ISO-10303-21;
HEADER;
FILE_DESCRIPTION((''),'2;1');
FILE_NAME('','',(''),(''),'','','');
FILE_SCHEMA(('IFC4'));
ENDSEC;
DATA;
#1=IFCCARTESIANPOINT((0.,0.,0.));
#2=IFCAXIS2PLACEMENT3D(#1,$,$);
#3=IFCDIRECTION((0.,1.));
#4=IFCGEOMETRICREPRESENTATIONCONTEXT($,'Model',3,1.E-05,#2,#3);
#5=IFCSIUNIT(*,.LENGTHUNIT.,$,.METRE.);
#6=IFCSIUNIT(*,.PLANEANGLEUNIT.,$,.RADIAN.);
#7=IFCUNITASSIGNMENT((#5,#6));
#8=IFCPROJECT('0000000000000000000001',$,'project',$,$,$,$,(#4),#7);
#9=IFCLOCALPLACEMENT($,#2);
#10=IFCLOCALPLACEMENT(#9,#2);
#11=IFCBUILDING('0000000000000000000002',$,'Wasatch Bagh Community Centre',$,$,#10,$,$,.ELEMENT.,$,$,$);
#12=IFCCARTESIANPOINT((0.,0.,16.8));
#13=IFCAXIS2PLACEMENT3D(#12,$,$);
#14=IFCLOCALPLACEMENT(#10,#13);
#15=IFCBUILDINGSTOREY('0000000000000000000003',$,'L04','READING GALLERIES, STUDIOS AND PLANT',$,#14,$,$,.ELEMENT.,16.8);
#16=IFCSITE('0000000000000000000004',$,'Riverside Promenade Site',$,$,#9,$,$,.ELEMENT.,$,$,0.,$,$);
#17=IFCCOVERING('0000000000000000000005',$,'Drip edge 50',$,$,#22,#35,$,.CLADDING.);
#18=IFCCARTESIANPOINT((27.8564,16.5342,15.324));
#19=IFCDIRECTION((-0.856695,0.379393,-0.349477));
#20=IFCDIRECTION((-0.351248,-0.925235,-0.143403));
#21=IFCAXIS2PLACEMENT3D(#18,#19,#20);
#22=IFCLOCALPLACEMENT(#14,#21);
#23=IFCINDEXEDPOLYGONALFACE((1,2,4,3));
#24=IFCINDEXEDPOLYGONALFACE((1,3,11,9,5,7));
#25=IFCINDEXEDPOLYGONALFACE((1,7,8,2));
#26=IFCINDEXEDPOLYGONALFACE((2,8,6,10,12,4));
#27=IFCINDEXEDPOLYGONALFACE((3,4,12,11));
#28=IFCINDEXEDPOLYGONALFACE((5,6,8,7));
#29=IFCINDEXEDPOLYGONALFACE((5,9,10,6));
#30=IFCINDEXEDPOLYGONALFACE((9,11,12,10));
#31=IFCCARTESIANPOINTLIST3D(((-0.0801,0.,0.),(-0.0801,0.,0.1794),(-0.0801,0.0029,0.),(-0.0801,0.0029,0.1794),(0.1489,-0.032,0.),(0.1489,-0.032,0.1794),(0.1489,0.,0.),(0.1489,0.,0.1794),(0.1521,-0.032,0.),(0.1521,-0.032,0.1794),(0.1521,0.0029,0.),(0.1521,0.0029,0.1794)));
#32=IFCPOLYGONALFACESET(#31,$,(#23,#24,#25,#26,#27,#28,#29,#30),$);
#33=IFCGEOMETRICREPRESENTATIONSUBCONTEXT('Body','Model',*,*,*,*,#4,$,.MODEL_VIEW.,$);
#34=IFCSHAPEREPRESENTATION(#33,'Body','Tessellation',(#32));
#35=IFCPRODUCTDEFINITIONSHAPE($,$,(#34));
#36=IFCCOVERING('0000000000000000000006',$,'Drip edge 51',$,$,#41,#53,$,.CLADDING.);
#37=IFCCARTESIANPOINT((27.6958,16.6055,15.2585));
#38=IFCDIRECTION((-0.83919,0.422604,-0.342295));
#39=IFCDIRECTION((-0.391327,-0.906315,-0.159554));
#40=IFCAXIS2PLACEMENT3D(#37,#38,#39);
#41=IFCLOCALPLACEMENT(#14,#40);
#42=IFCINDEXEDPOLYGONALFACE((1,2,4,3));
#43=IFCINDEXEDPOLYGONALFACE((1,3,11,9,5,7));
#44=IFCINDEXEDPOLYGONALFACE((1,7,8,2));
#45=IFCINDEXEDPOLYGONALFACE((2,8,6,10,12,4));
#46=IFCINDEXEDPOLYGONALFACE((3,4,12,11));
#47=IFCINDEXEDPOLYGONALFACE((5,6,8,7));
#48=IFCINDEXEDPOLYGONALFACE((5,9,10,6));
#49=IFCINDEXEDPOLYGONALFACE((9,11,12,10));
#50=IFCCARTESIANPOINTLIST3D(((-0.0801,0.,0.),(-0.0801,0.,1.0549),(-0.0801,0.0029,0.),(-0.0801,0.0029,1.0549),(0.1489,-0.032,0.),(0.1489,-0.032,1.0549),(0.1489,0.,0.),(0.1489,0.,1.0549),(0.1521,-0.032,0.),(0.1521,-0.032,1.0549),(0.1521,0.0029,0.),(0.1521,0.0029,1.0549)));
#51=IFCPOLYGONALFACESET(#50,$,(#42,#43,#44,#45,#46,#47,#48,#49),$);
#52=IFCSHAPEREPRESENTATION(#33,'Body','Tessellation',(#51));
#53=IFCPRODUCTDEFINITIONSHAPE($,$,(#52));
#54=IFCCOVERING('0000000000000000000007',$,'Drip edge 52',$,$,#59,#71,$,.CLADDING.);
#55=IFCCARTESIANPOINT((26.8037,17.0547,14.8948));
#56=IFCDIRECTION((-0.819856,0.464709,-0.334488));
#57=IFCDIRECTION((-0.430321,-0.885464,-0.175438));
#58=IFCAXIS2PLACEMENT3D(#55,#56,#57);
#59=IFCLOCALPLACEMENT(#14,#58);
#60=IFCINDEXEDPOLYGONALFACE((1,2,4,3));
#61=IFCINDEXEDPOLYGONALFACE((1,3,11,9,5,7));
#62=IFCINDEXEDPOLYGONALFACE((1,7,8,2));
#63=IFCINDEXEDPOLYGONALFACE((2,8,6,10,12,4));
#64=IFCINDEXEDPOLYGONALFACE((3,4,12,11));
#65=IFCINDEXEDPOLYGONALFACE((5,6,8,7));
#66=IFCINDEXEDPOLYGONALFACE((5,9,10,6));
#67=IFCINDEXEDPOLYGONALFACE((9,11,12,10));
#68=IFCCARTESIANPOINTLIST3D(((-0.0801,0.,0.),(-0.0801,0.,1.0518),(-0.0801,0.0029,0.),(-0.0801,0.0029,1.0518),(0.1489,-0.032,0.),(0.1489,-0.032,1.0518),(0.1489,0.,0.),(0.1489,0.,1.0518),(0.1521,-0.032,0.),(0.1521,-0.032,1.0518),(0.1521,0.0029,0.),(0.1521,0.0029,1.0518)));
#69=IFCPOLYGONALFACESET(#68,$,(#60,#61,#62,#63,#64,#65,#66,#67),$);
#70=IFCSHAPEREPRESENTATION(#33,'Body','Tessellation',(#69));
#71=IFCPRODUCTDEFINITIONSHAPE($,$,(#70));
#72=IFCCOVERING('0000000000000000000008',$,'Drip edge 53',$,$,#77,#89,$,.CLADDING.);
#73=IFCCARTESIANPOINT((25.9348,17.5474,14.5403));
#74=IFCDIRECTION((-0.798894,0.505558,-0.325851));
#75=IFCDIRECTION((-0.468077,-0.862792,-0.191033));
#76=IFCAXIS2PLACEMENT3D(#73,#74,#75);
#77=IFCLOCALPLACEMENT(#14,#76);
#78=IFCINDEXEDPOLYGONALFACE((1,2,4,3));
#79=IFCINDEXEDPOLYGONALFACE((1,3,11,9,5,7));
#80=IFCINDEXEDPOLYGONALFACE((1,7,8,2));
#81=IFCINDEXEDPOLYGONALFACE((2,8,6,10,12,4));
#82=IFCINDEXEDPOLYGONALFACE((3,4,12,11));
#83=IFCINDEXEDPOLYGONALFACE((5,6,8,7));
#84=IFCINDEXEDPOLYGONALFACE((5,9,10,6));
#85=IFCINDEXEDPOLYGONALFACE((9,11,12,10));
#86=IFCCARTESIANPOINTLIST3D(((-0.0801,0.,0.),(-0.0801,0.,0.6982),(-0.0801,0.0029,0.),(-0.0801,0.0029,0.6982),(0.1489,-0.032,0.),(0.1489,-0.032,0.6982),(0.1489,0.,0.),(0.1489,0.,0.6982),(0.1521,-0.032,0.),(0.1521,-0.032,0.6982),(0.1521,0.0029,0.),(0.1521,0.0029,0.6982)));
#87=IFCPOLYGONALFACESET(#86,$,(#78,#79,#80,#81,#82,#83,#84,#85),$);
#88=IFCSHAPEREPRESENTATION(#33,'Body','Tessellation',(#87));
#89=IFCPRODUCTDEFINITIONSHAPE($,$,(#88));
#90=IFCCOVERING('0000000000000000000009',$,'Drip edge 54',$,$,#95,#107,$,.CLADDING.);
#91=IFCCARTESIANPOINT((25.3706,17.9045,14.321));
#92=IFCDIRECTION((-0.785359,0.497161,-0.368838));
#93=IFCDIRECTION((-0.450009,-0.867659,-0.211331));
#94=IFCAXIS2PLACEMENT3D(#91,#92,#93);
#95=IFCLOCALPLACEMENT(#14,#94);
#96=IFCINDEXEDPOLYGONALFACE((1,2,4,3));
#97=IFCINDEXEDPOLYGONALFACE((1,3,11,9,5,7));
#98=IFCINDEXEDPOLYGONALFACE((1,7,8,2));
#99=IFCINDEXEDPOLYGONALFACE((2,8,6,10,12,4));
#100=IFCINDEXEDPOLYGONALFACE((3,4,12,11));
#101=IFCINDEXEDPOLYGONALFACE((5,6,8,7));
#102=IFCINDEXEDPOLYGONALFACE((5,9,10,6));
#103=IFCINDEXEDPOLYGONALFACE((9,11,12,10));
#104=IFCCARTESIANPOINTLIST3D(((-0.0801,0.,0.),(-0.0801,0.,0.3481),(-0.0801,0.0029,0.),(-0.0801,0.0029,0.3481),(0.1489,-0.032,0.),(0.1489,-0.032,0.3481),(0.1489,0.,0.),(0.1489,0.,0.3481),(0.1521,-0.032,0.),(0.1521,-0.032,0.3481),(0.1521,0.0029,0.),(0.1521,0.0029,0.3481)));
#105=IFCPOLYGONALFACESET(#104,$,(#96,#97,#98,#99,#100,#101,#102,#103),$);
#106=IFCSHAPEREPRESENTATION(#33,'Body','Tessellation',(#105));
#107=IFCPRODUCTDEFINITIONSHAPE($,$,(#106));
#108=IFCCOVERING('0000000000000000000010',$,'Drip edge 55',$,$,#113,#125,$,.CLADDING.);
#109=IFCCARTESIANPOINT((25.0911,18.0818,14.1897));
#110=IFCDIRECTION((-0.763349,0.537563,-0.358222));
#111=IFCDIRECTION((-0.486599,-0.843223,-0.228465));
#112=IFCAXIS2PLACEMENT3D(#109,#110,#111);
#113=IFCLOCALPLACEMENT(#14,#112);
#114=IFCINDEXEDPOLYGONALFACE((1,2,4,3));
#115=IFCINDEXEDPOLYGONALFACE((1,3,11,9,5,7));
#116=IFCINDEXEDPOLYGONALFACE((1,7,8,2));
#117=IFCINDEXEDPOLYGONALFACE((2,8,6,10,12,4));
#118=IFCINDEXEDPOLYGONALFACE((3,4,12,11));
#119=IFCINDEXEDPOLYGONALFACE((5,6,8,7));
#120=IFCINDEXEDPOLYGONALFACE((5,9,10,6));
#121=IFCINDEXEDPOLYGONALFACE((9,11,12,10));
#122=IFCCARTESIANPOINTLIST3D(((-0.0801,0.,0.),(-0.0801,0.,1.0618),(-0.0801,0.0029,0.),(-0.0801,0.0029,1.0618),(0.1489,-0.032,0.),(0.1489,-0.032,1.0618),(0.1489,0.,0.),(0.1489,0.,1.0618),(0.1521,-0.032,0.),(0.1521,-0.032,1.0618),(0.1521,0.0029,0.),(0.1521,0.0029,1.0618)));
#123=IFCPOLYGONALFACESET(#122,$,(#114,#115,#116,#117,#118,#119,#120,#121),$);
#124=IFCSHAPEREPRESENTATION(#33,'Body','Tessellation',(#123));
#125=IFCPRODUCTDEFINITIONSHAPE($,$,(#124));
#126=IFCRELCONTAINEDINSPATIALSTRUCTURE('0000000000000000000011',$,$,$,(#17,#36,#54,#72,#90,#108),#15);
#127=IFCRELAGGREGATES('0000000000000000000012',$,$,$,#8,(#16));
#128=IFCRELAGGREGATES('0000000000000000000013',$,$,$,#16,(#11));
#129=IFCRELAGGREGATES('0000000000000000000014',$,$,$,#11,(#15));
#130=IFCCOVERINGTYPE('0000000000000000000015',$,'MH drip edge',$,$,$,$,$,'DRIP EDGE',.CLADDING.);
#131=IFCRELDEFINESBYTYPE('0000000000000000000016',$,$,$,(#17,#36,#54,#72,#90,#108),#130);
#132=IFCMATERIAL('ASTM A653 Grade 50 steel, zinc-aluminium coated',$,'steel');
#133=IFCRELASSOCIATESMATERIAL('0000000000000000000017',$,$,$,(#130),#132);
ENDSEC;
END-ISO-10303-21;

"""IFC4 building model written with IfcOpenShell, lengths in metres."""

from ifc_helpers import new_model, si_unit, direction, frame, origin, place, context, subcontext, project, spatial, polyline, outline, extrude, material, material_profile, profile_set, type_object, element, save


model = new_model("IFC4")

# Units and contexts
model_context = context("Model", 3, precision=1e-05, world=origin(), true_north=direction((0.0, 1.0)))
body_context = subcontext(model_context, "Body", "Model", "MODEL_VIEW")
ifc_project = project(units=[si_unit("LENGTHUNIT", "METRE"), si_unit("PLANEANGLEUNIT", "RADIAN")], contexts=[model_context])

# Site, building, storey
site_placement = place(None, origin())
site = spatial("IfcSite", under=ifc_project, at=site_placement, Name="Riverside Promenade Site", CompositionType="ELEMENT", RefElevation=0.0)
building_placement = place(site_placement, origin())
building = spatial("IfcBuilding", under=site, at=building_placement, Name="Wasatch Bagh Community Centre", CompositionType="ELEMENT")
storey_placement = place(building_placement, frame((0.0, 0.0, 16.8)))
storey = spatial("IfcBuildingStorey", under=building, at=storey_placement, Name="L04", Description="READING GALLERIES, STUDIOS AND PLANT", CompositionType="ELEMENT", Elevation=16.8)

# Coverings
ifc_material_1 = material(Name="ASTM A653 Grade 50 steel, zinc-aluminium coated", Category="steel")
ifc_material_profile_1 = material_profile(ifc_material_1, outline(polyline([(-0.0801, 0.0029), (0.1521, 0.0029), (0.1521, -0.032), (0.1489, -0.032), (0.1489, 0.0), (-0.0801, 0.0), (-0.0801, 0.0029)])), Name="DRIP EDGE")
ifc_profile_set_1 = profile_set([ifc_material_profile_1], Name="ASTM A653 Grade 50 steel, zinc-aluminium coated")
covering_type_1 = type_object("IfcCoveringType", Name="MH drip edge", ElementType="DRIP EDGE", PredefinedType="CLADDING", material=ifc_profile_set_1)
covering_1_placement = place(storey_placement, frame((27.8564, 16.5342, 15.324), z_axis=(-0.856695, 0.379393, -0.349477), x_axis=(-0.351248, -0.925235, -0.143403)))
element("IfcCovering", 1, at=covering_1_placement, inside=storey, type_object=covering_type_1, Name="Drip edge 50", PredefinedType="CLADDING", context=body_context, shape_type="SweptSolid", body=[
    extrude(outline(polyline([(-0.0801, 0.0029), (0.1521, 0.0029), (0.1521, -0.032), (0.1489, -0.032), (0.1489, 0.0), (-0.0801, 0.0), (-0.0801, 0.0029)])), origin(), (0.0, 0.0, 1.0), 0.1794),
])
covering_2_placement = place(storey_placement, frame((27.6958, 16.6055, 15.2585), z_axis=(-0.83919, 0.422604, -0.342295), x_axis=(-0.391327, -0.906315, -0.159554)))
element("IfcCovering", 2, at=covering_2_placement, inside=storey, type_object=covering_type_1, Name="Drip edge 51", PredefinedType="CLADDING", context=body_context, shape_type="SweptSolid", body=[
    extrude(outline(polyline([(-0.0801, 0.0029), (0.1521, 0.0029), (0.1521, -0.032), (0.1489, -0.032), (0.1489, 0.0), (-0.0801, 0.0), (-0.0801, 0.0029)])), origin(), (0.0, 0.0, 1.0), 1.0549),
])
covering_3_placement = place(storey_placement, frame((26.8037, 17.0547, 14.8948), z_axis=(-0.819856, 0.464709, -0.334488), x_axis=(-0.430321, -0.885464, -0.175438)))
element("IfcCovering", 3, at=covering_3_placement, inside=storey, type_object=covering_type_1, Name="Drip edge 52", PredefinedType="CLADDING", context=body_context, shape_type="SweptSolid", body=[
    extrude(outline(polyline([(-0.0801, 0.0029), (0.1521, 0.0029), (0.1521, -0.032), (0.1489, -0.032), (0.1489, 0.0), (-0.0801, 0.0), (-0.0801, 0.0029)])), origin(), (0.0, 0.0, 1.0), 1.0518),
])
covering_4_placement = place(storey_placement, frame((25.9348, 17.5474, 14.5403), z_axis=(-0.798894, 0.505558, -0.325851), x_axis=(-0.468077, -0.862792, -0.191033)))
element("IfcCovering", 4, at=covering_4_placement, inside=storey, type_object=covering_type_1, Name="Drip edge 53", PredefinedType="CLADDING", context=body_context, shape_type="SweptSolid", body=[
    extrude(outline(polyline([(-0.0801, 0.0029), (0.1521, 0.0029), (0.1521, -0.032), (0.1489, -0.032), (0.1489, 0.0), (-0.0801, 0.0), (-0.0801, 0.0029)])), origin(), (0.0, 0.0, 1.0), 0.6982),
])
covering_5_placement = place(storey_placement, frame((25.3706, 17.9045, 14.321), z_axis=(-0.785359, 0.497161, -0.368838), x_axis=(-0.450009, -0.867659, -0.211331)))
element("IfcCovering", 5, at=covering_5_placement, inside=storey, type_object=covering_type_1, Name="Drip edge 54", PredefinedType="CLADDING", context=body_context, shape_type="SweptSolid", body=[
    extrude(outline(polyline([(-0.0801, 0.0029), (0.1521, 0.0029), (0.1521, -0.032), (0.1489, -0.032), (0.1489, 0.0), (-0.0801, 0.0), (-0.0801, 0.0029)])), origin(), (0.0, 0.0, 1.0), 0.3481),
])
covering_6_placement = place(storey_placement, frame((25.0911, 18.0818, 14.1897), z_axis=(-0.763349, 0.537563, -0.358222), x_axis=(-0.486599, -0.843223, -0.228465)))
element("IfcCovering", 6, at=covering_6_placement, inside=storey, type_object=covering_type_1, Name="Drip edge 55", PredefinedType="CLADDING", context=body_context, shape_type="SweptSolid", body=[
    extrude(outline(polyline([(-0.0801, 0.0029), (0.1521, 0.0029), (0.1521, -0.032), (0.1489, -0.032), (0.1489, 0.0), (-0.0801, 0.0), (-0.0801, 0.0029)])), origin(), (0.0, 0.0, 1.0), 1.0618),
])

save(model, "model.ifc")
